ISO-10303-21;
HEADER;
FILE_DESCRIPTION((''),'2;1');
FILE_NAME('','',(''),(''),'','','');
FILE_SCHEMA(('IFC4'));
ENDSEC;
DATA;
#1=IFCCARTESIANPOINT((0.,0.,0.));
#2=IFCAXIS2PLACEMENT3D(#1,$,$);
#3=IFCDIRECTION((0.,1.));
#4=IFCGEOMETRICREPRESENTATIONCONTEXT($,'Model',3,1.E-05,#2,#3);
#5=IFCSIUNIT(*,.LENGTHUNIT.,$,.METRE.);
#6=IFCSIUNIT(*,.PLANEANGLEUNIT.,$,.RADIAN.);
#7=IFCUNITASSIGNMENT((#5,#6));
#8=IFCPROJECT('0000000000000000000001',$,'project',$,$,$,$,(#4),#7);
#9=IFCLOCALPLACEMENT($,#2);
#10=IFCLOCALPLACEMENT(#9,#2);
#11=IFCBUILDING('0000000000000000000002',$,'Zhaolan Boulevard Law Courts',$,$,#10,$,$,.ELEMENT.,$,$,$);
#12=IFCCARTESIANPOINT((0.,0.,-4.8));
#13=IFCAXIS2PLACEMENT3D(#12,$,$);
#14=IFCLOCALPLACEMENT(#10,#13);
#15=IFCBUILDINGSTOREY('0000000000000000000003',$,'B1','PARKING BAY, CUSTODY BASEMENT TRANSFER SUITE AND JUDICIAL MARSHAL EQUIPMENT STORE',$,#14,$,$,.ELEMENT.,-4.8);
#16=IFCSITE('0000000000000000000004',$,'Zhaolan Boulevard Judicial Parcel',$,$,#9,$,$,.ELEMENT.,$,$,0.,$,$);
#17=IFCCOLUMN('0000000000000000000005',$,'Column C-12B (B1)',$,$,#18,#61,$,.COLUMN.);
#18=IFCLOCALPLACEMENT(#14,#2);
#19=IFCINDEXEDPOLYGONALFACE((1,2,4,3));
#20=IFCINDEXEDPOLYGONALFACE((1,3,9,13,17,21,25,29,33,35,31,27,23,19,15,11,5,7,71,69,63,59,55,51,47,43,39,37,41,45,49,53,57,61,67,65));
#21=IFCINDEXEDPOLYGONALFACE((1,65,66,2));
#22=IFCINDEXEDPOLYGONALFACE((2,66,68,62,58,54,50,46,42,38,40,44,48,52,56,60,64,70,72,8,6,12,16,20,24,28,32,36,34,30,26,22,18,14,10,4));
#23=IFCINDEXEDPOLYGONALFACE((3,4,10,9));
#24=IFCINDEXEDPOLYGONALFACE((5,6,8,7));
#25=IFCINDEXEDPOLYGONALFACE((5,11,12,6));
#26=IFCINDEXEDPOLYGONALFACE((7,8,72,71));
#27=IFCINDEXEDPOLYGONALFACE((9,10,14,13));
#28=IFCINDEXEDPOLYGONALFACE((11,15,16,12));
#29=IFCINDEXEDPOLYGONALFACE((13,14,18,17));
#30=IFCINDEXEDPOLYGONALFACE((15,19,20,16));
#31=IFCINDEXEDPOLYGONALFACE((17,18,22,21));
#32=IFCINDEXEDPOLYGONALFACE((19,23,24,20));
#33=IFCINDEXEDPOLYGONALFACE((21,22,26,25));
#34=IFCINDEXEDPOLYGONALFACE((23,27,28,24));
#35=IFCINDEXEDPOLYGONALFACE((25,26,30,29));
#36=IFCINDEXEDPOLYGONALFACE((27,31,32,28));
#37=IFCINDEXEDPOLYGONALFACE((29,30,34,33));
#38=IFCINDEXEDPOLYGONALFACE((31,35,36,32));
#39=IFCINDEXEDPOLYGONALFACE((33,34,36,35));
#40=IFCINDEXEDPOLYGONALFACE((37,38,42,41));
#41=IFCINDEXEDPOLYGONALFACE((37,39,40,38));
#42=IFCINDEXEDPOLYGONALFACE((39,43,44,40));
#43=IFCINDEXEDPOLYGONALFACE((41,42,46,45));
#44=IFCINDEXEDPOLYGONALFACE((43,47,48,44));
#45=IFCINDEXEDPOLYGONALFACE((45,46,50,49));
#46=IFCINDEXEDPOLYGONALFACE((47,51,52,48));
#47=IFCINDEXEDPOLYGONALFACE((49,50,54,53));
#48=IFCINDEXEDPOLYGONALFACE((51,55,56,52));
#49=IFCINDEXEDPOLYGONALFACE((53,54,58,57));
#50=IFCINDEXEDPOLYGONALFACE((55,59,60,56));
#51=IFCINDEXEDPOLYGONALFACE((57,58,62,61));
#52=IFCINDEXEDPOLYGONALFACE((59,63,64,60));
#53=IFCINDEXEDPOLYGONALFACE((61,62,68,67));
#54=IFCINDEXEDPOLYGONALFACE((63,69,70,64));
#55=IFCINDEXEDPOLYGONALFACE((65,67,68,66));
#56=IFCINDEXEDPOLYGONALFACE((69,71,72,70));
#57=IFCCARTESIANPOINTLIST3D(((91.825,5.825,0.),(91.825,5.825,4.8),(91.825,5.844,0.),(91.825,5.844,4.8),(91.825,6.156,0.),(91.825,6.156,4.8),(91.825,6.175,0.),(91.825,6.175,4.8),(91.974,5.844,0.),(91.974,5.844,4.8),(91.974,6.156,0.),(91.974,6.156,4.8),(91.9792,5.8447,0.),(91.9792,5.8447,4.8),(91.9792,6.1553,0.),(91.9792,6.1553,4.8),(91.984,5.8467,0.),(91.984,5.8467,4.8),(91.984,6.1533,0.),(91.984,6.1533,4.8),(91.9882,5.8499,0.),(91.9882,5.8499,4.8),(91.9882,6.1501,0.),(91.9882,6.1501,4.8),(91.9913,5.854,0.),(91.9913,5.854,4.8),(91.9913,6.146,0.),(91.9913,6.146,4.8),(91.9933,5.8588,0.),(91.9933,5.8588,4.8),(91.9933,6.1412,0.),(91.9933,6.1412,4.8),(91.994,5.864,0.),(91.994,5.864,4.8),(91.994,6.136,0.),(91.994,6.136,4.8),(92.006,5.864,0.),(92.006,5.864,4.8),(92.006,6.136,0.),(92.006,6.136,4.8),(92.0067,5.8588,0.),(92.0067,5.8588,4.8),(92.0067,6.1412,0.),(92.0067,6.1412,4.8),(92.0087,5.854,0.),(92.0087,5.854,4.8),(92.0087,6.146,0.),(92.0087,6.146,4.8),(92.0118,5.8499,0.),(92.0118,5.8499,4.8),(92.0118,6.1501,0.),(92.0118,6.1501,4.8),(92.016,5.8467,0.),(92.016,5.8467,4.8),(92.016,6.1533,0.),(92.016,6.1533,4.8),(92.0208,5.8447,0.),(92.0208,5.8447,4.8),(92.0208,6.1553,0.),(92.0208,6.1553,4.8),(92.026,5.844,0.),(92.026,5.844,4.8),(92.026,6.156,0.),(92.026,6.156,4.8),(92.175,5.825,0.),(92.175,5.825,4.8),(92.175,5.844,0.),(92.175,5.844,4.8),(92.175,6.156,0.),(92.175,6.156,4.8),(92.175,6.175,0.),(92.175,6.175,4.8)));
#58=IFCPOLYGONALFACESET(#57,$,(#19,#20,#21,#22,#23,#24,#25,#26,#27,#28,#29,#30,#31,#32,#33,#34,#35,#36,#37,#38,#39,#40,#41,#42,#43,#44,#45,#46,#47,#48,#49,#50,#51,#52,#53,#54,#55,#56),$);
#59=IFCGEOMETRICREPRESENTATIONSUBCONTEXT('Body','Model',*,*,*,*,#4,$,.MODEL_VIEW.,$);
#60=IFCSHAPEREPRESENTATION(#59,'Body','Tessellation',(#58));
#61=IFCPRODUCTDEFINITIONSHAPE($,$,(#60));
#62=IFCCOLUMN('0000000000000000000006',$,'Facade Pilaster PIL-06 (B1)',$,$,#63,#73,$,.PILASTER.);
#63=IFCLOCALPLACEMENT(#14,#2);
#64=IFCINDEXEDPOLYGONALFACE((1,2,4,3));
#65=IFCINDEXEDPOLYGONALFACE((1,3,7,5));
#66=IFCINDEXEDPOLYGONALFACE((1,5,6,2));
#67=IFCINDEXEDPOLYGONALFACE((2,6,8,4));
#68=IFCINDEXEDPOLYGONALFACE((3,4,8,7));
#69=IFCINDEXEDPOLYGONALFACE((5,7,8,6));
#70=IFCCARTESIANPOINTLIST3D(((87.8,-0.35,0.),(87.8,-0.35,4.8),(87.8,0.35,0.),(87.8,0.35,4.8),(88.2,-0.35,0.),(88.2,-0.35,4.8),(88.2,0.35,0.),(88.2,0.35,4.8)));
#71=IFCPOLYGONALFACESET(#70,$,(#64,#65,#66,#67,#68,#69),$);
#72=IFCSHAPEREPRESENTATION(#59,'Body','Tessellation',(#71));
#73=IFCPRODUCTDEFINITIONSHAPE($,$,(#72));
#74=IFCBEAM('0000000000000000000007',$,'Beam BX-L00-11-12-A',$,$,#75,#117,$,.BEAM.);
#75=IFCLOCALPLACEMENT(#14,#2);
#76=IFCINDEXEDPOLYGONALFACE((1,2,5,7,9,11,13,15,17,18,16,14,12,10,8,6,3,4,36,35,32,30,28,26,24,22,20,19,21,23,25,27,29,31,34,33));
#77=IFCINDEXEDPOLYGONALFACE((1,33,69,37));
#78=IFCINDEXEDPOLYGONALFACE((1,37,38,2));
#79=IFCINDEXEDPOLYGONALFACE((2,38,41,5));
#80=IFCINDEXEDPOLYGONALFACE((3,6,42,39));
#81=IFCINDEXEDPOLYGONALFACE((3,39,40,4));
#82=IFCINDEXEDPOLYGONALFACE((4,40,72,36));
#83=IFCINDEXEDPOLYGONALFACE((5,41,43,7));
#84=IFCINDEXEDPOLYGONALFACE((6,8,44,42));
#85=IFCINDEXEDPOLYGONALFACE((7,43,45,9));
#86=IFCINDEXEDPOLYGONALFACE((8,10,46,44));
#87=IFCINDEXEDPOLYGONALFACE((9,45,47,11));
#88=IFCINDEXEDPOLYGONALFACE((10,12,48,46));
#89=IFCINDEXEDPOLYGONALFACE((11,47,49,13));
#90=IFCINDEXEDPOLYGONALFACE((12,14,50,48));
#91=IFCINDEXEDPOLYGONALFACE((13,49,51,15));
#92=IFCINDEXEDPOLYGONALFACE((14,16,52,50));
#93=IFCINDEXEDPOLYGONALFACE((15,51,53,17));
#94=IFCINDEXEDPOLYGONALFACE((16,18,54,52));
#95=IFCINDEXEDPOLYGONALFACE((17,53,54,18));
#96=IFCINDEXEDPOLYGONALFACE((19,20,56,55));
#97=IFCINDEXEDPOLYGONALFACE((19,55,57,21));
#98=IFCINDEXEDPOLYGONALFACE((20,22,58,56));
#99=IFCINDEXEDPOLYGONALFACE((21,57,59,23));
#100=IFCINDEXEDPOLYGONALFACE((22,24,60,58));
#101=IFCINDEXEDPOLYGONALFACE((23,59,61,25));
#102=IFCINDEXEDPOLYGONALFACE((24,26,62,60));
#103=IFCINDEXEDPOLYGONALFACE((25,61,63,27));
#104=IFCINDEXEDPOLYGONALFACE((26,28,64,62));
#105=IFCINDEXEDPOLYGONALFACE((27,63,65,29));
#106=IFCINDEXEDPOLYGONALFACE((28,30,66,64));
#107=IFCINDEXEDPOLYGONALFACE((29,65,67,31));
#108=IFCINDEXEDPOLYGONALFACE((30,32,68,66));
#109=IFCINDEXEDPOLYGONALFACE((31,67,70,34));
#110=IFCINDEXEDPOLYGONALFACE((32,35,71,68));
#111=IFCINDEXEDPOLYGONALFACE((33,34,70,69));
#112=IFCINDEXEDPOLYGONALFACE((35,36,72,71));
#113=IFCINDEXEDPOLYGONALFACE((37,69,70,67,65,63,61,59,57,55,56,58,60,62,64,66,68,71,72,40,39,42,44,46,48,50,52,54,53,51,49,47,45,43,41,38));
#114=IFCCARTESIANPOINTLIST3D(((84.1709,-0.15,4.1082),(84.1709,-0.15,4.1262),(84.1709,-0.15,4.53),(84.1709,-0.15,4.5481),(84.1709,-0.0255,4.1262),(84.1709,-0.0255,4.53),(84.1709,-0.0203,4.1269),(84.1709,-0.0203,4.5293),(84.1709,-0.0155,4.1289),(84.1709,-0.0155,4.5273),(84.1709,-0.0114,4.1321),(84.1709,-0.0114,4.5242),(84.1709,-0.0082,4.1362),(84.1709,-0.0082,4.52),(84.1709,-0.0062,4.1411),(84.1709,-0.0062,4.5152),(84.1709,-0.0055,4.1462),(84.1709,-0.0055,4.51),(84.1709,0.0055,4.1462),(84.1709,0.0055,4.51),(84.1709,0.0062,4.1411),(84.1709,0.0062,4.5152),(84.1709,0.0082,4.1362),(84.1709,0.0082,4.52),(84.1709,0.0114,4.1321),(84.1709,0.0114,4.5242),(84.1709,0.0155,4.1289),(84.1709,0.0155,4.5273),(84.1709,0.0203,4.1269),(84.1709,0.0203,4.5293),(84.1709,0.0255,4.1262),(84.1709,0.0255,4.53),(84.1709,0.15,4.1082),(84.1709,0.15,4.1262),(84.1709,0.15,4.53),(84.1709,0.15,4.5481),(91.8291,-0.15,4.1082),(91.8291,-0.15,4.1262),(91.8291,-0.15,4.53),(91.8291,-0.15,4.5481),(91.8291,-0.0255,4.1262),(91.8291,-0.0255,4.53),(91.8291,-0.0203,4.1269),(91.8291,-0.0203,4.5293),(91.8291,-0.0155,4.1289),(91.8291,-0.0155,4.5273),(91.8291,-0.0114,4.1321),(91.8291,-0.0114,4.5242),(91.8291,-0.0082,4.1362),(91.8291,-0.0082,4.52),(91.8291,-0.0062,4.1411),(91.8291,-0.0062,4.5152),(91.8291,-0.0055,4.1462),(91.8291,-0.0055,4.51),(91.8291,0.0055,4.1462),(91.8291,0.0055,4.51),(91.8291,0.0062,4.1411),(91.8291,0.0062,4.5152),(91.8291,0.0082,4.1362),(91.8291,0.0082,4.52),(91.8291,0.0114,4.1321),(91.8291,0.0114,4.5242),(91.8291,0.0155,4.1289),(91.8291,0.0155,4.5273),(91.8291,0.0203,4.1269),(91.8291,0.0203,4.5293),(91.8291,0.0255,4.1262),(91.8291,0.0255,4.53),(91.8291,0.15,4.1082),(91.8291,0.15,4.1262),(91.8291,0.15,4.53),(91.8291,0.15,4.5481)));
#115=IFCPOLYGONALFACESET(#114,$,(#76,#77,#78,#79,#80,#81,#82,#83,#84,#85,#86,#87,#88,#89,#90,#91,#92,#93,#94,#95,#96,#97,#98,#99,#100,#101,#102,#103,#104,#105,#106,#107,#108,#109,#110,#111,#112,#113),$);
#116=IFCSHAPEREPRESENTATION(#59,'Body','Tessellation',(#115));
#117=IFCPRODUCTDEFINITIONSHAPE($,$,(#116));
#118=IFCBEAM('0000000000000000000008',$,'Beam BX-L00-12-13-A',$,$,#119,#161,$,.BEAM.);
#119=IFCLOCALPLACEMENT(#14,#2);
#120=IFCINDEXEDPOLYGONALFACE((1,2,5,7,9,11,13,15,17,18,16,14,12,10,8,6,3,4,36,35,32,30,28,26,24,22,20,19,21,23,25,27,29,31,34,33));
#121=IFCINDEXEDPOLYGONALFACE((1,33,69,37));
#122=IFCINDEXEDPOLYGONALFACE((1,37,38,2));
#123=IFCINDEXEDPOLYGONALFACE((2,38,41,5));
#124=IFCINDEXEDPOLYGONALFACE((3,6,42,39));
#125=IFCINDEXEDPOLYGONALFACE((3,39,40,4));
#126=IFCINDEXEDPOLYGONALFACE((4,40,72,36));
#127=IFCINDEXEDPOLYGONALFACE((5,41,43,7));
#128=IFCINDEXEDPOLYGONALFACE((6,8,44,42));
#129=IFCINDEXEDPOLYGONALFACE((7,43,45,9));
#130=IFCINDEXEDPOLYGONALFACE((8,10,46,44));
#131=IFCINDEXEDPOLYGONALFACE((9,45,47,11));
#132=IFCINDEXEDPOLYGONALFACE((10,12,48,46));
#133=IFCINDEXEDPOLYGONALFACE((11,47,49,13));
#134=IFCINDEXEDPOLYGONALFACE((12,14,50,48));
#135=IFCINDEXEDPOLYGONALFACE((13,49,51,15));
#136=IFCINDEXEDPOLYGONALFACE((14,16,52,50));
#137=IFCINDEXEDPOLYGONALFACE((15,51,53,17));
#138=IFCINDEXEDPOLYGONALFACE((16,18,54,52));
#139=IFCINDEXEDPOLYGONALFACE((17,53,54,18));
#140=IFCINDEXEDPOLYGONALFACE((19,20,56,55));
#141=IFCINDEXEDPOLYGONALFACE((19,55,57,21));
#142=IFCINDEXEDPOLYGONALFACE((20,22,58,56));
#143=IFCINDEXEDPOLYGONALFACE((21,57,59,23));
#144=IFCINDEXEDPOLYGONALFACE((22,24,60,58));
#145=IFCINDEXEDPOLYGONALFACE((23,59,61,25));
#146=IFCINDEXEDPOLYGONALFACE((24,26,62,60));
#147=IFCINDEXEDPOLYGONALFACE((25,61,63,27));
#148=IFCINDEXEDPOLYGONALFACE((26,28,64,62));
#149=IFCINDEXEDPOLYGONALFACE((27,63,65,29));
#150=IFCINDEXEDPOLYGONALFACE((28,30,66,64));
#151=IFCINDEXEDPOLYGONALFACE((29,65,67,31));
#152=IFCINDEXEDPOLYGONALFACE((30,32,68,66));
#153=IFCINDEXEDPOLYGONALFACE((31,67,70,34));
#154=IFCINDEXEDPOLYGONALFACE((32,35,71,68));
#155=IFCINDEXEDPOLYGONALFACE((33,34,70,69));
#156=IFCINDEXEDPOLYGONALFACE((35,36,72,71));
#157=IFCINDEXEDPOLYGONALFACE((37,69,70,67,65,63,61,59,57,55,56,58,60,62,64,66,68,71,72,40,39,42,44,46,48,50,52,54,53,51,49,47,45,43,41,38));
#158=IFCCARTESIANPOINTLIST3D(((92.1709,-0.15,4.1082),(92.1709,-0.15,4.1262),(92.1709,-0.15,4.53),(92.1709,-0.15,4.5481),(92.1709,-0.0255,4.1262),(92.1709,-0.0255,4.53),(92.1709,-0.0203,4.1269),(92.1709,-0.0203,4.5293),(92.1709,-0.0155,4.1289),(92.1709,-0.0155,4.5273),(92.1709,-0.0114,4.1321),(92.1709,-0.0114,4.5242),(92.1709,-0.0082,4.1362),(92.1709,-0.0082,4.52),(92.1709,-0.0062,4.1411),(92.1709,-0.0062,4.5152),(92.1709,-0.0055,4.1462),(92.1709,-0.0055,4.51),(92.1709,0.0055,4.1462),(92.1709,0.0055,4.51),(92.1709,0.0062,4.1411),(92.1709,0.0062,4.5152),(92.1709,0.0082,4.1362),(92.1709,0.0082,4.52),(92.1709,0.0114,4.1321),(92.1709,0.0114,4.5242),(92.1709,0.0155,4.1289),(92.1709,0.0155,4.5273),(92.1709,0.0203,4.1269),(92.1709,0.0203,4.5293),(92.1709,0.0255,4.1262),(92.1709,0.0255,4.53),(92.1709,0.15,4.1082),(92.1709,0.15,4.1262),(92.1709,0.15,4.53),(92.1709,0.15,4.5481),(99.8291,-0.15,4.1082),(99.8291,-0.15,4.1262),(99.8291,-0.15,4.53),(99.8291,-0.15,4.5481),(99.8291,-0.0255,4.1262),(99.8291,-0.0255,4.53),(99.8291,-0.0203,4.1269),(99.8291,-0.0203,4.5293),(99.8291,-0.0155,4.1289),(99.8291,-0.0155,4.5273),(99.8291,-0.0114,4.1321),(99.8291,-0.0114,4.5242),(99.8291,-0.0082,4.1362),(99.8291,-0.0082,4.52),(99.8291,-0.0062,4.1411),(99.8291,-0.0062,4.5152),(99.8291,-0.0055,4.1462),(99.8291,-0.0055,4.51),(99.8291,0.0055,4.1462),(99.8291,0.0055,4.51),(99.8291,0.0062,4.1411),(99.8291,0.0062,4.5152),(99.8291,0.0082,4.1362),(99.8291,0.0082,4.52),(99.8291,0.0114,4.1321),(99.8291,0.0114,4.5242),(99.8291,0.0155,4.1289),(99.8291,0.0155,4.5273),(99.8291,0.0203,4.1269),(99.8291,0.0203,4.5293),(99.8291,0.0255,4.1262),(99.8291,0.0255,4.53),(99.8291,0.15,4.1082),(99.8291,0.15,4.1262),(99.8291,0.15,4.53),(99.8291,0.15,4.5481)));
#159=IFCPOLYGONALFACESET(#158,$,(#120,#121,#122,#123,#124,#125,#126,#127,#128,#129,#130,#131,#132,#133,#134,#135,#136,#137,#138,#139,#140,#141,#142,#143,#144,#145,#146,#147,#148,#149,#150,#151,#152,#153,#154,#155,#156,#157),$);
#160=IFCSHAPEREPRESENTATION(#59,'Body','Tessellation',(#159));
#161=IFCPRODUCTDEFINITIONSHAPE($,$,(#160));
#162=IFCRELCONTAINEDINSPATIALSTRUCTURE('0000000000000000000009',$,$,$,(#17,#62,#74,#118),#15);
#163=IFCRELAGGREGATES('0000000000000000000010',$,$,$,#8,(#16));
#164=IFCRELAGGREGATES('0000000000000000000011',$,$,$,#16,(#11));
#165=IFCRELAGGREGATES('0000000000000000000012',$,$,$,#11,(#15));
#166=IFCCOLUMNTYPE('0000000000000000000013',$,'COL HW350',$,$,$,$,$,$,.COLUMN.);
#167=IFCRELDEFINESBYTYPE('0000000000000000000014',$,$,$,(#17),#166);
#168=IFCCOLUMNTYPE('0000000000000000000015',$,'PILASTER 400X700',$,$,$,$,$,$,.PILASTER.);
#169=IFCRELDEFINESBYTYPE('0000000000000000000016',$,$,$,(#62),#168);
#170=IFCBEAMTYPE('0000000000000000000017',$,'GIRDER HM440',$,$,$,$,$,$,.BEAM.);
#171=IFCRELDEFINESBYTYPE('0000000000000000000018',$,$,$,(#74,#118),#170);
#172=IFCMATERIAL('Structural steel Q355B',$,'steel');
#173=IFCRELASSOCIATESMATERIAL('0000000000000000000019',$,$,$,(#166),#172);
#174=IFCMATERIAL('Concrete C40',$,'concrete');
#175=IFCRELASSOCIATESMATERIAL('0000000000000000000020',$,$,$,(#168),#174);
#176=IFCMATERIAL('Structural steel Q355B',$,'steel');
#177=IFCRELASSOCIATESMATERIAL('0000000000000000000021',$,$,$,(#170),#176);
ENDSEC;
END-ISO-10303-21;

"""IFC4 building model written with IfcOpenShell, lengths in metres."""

from ifc_helpers import new_model, si_unit, direction, frame, origin, origin_2d, place, context, subcontext, project, spatial, rectangle, i_section, extrude, material, material_profile, profile_set, type_object, element, save


model = new_model("IFC4")

# Units and contexts
model_context = context("Model", 3, precision=1e-05, world=origin(), true_north=direction((0.0, 1.0)))
body_context = subcontext(model_context, "Body", "Model", "MODEL_VIEW")
ifc_project = project(units=[si_unit("LENGTHUNIT", "METRE"), si_unit("PLANEANGLEUNIT", "RADIAN")], contexts=[model_context])

# Site, building, storey
site_placement = place(None, origin())
site = spatial("IfcSite", under=ifc_project, at=site_placement, Name="Zhaolan Boulevard Judicial Parcel", CompositionType="ELEMENT", RefElevation=0.0)
building_placement = place(site_placement, origin())
building = spatial("IfcBuilding", under=site, at=building_placement, Name="Zhaolan Boulevard Law Courts", CompositionType="ELEMENT")
storey_placement = place(building_placement, frame((0.0, 0.0, -4.8)))
storey = spatial("IfcBuildingStorey", under=building, at=storey_placement, Name="B1", Description="PARKING BAY, CUSTODY BASEMENT TRANSFER SUITE AND JUDICIAL MARSHAL EQUIPMENT STORE", CompositionType="ELEMENT", Elevation=-4.8)

# Columns
ifc_material_1 = material(Name="Structural steel Q355B", Category="steel")
ifc_material_profile_1 = material_profile(ifc_material_1, i_section(OverallWidth=0.3501, OverallDepth=0.3501, WebThickness=0.012, FlangeThickness=0.019, FilletRadius=0.02, at=origin_2d()), Name="HW350x350")
ifc_profile_set_1 = profile_set([ifc_material_profile_1], Name="Structural steel Q355B")
column_type_1 = type_object("IfcColumnType", Name="COL HW350", PredefinedType="COLUMN", material=ifc_profile_set_1)
for number, where, z_axis, x_axis, name in (
    (1, (92.0, 6.0, 0.0), (0.0, 0.0, 1.0), (1.0, 0.0, 0.0), "Column C-12B (B1)"),
):
    element("IfcColumn", number, at=place(storey_placement, frame(where, z_axis=z_axis, x_axis=x_axis)), inside=storey, type_object=column_type_1, Name=name, PredefinedType="COLUMN", context=body_context, shape_type="SweptSolid", body=[
        extrude(i_section(OverallWidth=0.3501, OverallDepth=0.3501, WebThickness=0.012, FlangeThickness=0.019, FilletRadius=0.02, at=origin_2d()), origin(), (0.0, 0.0, 1.0), 4.8),
    ])
ifc_material_2 = material(Name="Concrete C40", Category="concrete")
ifc_material_profile_2 = material_profile(ifc_material_2, rectangle(XDim=0.3999, YDim=0.7, at=origin_2d()), Name="RC400x700")
ifc_profile_set_2 = profile_set([ifc_material_profile_2], Name="Concrete C40")
column_type_2 = type_object("IfcColumnType", Name="PILASTER 400X700", PredefinedType="PILASTER", material=ifc_profile_set_2)
column_placement = place(storey_placement, frame((88.0, 0.0, 0.0), z_axis=(0.0, 0.0, 1.0), x_axis=(1.0, 0.0, 0.0)))
element("IfcColumn", 2, at=column_placement, inside=storey, type_object=column_type_2, Name="Facade Pilaster PIL-06 (B1)", PredefinedType="PILASTER", context=body_context, shape_type="SweptSolid", body=[
    extrude(rectangle(XDim=0.3999, YDim=0.7, at=origin_2d()), origin(), (0.0, 0.0, 1.0), 4.8),
])

# Beams
ifc_material_3 = material(Name="Structural steel Q355B", Category="steel")
ifc_material_profile_3 = material_profile(ifc_material_3, i_section(OverallWidth=0.3, OverallDepth=0.4399, WebThickness=0.011, FlangeThickness=0.0181, FilletRadius=0.02, at=origin_2d()), Name="HM440x300")
ifc_profile_set_3 = profile_set([ifc_material_profile_3], Name="Structural steel Q355B")
beam_type_1 = type_object("IfcBeamType", Name="GIRDER HM440", PredefinedType="BEAM", material=ifc_profile_set_3)
for number, where, z_axis, x_axis, name in (
    (3, (84.1709, 0.0, 4.3281), (1.0, 0.0, 0.0), (0.0, 1.0, 0.0), "Beam BX-L00-11-12-A"),
    (4, (92.1709, 0.0, 4.3281), (1.0, 0.0, 0.0), (0.0, 1.0, 0.0), "Beam BX-L00-12-13-A"),
):
    element("IfcBeam", number, at=place(storey_placement, frame(where, z_axis=z_axis, x_axis=x_axis)), inside=storey, type_object=beam_type_1, Name=name, PredefinedType="BEAM", context=body_context, shape_type="SweptSolid", body=[
        extrude(i_section(OverallWidth=0.3, OverallDepth=0.4399, WebThickness=0.011, FlangeThickness=0.0181, FilletRadius=0.02, at=origin_2d()), origin(), (0.0, 0.0, 1.0), 7.6582),
    ])

save(model, "model.ifc")
